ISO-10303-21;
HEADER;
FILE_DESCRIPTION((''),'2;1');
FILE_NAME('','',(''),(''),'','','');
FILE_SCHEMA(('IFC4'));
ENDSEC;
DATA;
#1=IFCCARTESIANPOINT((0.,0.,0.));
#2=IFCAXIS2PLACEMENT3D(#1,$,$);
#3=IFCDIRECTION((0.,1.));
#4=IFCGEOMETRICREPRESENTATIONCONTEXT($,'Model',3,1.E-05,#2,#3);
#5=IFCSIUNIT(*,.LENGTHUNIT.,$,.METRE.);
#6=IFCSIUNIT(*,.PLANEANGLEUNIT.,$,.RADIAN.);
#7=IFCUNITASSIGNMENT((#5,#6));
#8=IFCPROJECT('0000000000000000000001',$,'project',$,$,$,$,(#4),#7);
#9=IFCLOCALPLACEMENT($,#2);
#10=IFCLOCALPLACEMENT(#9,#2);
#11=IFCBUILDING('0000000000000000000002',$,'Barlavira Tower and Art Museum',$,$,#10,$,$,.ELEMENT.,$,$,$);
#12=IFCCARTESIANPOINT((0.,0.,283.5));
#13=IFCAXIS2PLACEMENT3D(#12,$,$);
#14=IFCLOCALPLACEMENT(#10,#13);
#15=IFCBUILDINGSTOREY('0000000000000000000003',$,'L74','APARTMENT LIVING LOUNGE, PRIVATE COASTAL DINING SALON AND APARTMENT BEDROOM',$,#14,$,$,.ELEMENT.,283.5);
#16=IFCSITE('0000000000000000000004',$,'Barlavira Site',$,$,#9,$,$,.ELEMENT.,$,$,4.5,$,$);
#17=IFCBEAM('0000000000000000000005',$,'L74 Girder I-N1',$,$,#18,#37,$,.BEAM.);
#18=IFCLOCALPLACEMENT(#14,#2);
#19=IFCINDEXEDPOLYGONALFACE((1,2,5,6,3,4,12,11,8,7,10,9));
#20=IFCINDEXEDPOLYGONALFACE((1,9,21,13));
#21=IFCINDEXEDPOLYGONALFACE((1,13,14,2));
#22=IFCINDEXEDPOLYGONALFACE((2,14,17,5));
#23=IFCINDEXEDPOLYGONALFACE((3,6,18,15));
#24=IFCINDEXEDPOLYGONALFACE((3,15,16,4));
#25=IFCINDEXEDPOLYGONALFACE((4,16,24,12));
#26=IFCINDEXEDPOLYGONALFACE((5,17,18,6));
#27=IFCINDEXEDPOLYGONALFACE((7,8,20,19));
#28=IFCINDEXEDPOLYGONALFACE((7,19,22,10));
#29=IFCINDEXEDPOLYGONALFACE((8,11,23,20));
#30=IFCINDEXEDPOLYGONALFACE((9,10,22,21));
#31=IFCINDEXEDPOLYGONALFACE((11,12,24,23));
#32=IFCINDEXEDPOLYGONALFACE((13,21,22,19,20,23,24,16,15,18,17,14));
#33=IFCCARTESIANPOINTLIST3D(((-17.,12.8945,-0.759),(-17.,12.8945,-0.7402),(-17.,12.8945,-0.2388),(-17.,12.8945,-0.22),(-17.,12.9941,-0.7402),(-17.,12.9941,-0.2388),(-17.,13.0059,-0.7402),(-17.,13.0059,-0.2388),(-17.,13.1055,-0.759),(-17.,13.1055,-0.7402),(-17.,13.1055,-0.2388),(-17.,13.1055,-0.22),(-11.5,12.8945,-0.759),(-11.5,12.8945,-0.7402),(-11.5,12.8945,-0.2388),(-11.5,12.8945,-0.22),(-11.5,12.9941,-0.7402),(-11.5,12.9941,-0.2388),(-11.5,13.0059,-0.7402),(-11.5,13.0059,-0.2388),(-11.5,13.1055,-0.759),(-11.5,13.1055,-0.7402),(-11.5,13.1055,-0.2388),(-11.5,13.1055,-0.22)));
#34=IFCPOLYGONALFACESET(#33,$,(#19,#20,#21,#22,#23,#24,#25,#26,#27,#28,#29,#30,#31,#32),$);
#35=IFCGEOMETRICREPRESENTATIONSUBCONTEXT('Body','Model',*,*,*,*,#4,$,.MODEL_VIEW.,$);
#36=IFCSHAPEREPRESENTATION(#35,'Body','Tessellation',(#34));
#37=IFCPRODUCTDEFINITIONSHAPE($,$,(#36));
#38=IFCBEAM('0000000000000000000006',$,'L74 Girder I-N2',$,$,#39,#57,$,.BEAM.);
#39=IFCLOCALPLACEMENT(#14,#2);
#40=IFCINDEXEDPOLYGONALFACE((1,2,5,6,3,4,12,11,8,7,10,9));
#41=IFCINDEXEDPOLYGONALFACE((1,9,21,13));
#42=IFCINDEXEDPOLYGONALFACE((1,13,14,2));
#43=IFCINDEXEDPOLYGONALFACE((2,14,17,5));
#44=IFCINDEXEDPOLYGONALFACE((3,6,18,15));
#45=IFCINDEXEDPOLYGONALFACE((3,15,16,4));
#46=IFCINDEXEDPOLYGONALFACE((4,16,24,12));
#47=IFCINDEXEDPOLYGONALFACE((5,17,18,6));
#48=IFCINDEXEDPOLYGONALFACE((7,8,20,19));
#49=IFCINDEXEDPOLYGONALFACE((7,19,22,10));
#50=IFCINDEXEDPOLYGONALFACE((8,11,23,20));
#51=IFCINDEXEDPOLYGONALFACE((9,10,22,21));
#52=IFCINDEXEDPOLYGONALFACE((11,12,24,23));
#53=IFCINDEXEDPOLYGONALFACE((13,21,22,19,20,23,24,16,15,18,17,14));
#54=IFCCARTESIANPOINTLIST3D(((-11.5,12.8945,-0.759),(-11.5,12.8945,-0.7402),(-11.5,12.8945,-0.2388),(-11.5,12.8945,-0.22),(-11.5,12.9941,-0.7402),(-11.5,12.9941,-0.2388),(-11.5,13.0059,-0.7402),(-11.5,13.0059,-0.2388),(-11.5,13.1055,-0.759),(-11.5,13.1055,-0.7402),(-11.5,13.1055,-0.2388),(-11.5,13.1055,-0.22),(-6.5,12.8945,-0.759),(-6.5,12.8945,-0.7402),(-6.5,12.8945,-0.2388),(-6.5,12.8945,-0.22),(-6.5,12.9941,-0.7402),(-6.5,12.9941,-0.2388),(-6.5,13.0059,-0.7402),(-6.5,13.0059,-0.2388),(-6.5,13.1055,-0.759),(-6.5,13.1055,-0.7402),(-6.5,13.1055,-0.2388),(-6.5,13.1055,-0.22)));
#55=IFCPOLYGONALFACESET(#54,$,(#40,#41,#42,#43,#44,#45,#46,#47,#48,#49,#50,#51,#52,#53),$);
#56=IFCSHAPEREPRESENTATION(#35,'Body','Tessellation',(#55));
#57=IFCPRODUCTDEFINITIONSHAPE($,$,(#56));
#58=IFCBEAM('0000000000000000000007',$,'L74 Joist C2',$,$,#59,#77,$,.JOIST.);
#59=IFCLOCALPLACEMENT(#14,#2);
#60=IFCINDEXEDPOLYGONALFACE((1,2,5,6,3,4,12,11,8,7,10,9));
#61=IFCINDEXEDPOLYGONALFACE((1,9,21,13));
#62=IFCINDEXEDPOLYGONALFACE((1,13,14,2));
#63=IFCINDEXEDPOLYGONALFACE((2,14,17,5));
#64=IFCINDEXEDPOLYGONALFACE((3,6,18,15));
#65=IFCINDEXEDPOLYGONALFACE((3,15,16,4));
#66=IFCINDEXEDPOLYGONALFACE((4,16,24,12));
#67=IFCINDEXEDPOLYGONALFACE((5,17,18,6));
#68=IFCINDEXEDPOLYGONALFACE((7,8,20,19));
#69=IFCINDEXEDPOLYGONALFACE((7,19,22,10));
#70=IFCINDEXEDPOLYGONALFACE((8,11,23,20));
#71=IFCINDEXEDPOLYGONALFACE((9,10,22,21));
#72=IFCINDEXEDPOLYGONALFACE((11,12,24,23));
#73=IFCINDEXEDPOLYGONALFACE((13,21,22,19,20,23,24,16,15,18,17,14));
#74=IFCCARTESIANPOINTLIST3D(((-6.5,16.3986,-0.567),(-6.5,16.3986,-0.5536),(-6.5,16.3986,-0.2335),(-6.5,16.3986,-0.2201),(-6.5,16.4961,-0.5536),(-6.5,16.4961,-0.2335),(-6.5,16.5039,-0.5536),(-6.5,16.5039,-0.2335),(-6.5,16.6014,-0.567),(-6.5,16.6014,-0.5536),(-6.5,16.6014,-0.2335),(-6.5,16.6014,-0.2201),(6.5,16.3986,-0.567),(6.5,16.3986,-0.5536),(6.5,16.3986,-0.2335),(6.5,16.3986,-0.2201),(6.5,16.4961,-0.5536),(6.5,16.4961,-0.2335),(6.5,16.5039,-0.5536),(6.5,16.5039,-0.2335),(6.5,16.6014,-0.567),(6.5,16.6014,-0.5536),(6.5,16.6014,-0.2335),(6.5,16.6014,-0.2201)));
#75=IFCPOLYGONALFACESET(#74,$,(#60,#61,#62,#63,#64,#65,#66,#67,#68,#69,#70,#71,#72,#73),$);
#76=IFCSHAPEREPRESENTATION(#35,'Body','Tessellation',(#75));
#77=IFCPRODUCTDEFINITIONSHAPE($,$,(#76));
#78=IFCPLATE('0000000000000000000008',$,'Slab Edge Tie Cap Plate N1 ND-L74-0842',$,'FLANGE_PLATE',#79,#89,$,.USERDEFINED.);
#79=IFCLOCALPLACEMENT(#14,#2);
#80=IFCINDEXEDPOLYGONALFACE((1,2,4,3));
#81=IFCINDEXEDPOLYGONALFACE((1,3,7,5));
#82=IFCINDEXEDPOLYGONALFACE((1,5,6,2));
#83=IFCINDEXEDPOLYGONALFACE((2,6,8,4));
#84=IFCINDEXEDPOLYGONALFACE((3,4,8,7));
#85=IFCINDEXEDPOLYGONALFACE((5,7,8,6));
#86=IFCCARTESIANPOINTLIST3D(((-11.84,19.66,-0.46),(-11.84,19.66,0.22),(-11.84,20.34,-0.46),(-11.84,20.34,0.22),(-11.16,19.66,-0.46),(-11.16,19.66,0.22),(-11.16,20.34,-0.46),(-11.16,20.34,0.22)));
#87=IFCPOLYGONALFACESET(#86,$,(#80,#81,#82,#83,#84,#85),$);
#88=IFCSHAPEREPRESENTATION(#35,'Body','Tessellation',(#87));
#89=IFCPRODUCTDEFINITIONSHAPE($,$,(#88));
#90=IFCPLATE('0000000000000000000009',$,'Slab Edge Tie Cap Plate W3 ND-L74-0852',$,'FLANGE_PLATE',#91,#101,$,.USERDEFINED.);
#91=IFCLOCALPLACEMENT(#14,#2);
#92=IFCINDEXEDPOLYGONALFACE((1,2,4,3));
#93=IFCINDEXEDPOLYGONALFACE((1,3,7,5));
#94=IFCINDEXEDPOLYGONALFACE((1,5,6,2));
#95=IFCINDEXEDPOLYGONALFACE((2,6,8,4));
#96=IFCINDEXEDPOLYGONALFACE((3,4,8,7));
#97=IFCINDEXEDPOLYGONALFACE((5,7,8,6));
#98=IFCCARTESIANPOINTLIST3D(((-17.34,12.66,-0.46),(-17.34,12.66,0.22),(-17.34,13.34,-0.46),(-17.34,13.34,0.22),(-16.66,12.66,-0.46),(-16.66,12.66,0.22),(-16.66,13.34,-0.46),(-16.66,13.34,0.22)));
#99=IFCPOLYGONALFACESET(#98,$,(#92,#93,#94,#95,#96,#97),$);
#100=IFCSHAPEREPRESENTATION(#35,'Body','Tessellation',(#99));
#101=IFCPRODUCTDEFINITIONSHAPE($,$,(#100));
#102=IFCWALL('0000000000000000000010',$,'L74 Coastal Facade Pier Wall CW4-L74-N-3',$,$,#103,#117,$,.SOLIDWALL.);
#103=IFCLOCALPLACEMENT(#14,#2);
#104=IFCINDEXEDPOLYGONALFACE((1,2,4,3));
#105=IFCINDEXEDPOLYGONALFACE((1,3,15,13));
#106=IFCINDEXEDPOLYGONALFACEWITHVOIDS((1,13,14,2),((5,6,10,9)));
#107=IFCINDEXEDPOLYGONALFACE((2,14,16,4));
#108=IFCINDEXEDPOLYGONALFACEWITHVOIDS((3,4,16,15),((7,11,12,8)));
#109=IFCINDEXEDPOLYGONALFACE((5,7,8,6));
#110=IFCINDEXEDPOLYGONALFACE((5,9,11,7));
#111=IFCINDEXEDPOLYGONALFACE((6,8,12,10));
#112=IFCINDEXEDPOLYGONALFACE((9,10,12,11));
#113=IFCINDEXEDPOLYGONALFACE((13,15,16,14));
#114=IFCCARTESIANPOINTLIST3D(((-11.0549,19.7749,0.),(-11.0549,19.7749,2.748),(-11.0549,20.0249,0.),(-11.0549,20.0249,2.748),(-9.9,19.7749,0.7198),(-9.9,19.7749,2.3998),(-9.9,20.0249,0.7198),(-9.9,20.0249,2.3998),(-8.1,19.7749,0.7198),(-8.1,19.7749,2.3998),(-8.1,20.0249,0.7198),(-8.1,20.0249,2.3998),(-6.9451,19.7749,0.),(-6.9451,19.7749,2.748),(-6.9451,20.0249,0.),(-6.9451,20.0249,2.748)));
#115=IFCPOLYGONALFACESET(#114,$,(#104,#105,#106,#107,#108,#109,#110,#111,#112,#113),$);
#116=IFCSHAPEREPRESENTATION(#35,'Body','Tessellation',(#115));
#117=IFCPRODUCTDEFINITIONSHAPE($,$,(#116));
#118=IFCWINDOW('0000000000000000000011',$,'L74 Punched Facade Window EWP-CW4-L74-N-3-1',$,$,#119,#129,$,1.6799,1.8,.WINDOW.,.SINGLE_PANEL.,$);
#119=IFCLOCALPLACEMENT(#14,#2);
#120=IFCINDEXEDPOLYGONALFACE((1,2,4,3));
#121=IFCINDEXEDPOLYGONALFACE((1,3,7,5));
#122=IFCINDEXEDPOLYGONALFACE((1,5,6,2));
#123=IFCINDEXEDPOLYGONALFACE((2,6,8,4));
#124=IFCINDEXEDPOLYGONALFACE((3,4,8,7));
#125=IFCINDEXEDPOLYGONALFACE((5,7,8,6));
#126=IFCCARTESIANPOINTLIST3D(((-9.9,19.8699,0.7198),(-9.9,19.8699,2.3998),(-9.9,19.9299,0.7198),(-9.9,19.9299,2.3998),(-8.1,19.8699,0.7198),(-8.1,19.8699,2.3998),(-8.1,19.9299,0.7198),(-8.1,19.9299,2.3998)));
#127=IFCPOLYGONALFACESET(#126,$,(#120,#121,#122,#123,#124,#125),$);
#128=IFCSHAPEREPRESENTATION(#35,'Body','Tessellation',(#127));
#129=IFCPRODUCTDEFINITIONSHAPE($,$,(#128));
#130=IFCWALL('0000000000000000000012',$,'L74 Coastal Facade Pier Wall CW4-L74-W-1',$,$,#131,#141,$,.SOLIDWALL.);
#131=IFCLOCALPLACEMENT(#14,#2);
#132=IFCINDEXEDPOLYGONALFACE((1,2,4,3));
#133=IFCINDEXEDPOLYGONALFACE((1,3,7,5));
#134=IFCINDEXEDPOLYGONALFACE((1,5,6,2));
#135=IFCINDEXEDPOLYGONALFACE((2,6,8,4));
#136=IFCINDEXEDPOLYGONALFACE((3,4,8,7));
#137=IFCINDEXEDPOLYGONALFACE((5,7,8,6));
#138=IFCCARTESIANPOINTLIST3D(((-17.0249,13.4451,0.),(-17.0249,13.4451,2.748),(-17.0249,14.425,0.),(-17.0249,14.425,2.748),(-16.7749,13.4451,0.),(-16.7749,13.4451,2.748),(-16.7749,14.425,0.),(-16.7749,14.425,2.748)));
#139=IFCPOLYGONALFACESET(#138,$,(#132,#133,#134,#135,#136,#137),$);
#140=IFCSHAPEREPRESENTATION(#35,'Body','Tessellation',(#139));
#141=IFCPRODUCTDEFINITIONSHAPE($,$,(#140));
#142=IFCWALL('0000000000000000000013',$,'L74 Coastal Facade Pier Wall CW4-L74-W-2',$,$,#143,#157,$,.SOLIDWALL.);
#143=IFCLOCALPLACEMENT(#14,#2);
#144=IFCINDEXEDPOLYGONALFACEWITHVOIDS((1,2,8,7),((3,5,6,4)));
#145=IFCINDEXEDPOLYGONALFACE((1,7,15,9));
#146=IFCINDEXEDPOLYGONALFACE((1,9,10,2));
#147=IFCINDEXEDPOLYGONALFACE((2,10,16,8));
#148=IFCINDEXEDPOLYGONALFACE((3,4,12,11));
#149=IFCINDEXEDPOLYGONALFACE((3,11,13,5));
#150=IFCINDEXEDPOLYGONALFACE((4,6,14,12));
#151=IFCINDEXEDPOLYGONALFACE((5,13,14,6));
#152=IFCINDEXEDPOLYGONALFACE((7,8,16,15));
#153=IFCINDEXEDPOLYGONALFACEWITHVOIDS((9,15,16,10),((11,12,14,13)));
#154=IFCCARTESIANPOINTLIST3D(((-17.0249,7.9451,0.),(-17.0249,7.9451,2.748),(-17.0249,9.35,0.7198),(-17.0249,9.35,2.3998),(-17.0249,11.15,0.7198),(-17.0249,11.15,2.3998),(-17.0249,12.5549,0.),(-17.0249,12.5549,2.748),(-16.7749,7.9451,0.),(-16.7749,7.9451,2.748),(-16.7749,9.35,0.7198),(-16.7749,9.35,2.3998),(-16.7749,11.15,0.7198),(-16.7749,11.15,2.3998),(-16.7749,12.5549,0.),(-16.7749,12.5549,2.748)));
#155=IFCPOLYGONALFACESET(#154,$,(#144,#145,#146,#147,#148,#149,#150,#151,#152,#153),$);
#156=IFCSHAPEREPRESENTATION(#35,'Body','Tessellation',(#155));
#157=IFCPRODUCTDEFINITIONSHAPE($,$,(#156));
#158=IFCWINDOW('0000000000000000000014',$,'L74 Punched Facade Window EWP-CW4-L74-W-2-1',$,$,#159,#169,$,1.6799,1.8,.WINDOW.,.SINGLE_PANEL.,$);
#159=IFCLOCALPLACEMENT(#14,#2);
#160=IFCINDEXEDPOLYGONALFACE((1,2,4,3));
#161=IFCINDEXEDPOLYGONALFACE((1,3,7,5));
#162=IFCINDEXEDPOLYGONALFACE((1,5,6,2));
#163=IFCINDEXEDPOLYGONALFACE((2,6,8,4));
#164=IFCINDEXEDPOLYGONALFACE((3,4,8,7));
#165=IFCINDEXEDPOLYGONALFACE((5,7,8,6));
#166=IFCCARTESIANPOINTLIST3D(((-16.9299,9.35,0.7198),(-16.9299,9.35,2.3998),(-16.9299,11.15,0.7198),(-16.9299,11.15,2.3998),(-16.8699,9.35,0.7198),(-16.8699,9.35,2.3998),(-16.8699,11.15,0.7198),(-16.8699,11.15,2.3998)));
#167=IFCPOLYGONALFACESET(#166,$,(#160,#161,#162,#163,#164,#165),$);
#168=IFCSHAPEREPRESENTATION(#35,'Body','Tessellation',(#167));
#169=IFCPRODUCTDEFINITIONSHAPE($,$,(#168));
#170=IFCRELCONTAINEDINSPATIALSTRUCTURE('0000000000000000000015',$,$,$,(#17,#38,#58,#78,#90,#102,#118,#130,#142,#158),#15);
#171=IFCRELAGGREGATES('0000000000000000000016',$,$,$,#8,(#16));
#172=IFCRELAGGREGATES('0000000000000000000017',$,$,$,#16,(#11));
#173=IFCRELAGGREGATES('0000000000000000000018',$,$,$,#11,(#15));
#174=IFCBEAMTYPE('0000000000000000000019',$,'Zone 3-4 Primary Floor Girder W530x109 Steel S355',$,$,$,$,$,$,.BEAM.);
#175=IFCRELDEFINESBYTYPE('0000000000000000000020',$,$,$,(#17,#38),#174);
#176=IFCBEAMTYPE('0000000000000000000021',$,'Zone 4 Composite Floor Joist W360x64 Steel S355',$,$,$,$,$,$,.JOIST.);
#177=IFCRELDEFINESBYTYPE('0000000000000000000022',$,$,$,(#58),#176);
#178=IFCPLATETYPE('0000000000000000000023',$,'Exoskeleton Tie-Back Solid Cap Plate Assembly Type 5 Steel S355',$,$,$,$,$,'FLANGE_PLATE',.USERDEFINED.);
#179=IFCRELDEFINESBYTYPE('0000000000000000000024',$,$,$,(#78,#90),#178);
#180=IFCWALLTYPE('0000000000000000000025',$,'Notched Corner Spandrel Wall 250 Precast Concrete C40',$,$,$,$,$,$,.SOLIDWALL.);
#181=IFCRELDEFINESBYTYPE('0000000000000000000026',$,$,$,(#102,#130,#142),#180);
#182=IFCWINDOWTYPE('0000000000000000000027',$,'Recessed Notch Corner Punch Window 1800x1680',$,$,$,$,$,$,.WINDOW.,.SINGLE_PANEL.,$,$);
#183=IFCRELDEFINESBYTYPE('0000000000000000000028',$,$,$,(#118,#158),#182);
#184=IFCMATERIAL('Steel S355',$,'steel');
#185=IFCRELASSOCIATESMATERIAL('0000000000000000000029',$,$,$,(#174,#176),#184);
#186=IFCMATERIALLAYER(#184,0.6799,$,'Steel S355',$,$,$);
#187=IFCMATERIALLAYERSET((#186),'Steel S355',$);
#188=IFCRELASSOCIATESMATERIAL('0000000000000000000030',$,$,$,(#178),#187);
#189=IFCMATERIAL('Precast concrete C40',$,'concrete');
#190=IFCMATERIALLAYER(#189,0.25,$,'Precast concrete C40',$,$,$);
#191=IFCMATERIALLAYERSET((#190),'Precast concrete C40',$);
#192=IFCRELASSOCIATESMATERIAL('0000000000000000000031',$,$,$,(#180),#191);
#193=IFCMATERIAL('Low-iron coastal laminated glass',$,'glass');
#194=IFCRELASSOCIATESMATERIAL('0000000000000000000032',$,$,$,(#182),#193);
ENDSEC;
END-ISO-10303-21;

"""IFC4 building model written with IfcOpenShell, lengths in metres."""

from ifc_helpers import new_model, si_unit, direction, frame, frame_2d, origin, origin_2d, place, context, subcontext, project, spatial, rectangle, i_section, extrude, material, layer, layer_set, material_profile, profile_set, type_object, element, fill, save


model = new_model("IFC4")

# Units and contexts
model_context = context("Model", 3, precision=1e-05, world=origin(), true_north=direction((0.0, 1.0)))
body_context = subcontext(model_context, "Body", "Model", "MODEL_VIEW")
ifc_project = project(units=[si_unit("LENGTHUNIT", "METRE"), si_unit("PLANEANGLEUNIT", "RADIAN")], contexts=[model_context])

# Site, building, storey
site_placement = place(None, origin())
site = spatial("IfcSite", under=ifc_project, at=site_placement, Name="Barlavira Site", CompositionType="ELEMENT", RefElevation=4.5)
building_placement = place(site_placement, origin())
building = spatial("IfcBuilding", under=site, at=building_placement, Name="Barlavira Tower and Art Museum", CompositionType="ELEMENT")
storey_placement = place(building_placement, frame((0.0, 0.0, 283.5)))
storey = spatial("IfcBuildingStorey", under=building, at=storey_placement, Name="L74", Description="APARTMENT LIVING LOUNGE, PRIVATE COASTAL DINING SALON AND APARTMENT BEDROOM", CompositionType="ELEMENT", Elevation=283.5)

# Shared definitions
ifc_material_1 = material(Name="Steel S355", Category="steel")

# Beams
ifc_material_profile_1 = material_profile(ifc_material_1, i_section(OverallWidth=0.2109, OverallDepth=0.5391, WebThickness=0.0117, FlangeThickness=0.0188, at=origin_2d()), Name="W530x109.0")
ifc_profile_set_1 = profile_set([ifc_material_profile_1], Name="Steel S355")
beam_type_1 = type_object("IfcBeamType", Name="Zone 3-4 Primary Floor Girder W530x109 Steel S355", PredefinedType="BEAM", material=ifc_profile_set_1)
beam_1_placement = place(storey_placement, frame((-17.0, 13.0, -0.4895), z_axis=(1.0, 0.0, 0.0), x_axis=(0.0, 1.0, 0.0)))
element("IfcBeam", 1, at=beam_1_placement, inside=storey, type_object=beam_type_1, Name="L74 Girder I-N1", PredefinedType="BEAM", context=body_context, shape_type="SweptSolid", body=[
    extrude(i_section(OverallWidth=0.2109, OverallDepth=0.5391, WebThickness=0.0117, FlangeThickness=0.0188, at=origin_2d()), origin(), (0.0, 0.0, 1.0), 5.5),
])
beam_2_placement = place(storey_placement, frame((-11.5, 13.0, -0.4895), z_axis=(1.0, 0.0, 0.0), x_axis=(0.0, 1.0, 0.0)))
element("IfcBeam", 2, at=beam_2_placement, inside=storey, type_object=beam_type_1, Name="L74 Girder I-N2", PredefinedType="BEAM", context=body_context, shape_type="SweptSolid", body=[
    extrude(i_section(OverallWidth=0.2109, OverallDepth=0.5391, WebThickness=0.0117, FlangeThickness=0.0188, at=origin_2d()), origin(), (0.0, 0.0, 1.0), 5.0),
])
ifc_material_profile_2 = material_profile(ifc_material_1, i_section(OverallWidth=0.2029, OverallDepth=0.3469, WebThickness=0.0078, FlangeThickness=0.0134, at=origin_2d()), Name="W360x64.0")
ifc_profile_set_2 = profile_set([ifc_material_profile_2], Name="Steel S355")
beam_type_2 = type_object("IfcBeamType", Name="Zone 4 Composite Floor Joist W360x64 Steel S355", PredefinedType="JOIST", material=ifc_profile_set_2)
beam_3_placement = place(storey_placement, frame((-6.5, 16.5, -0.3936), z_axis=(1.0, 0.0, 0.0), x_axis=(0.0, 1.0, 0.0)))
element("IfcBeam", 3, at=beam_3_placement, inside=storey, type_object=beam_type_2, Name="L74 Joist C2", PredefinedType="JOIST", context=body_context, shape_type="SweptSolid", body=[
    extrude(i_section(OverallWidth=0.2029, OverallDepth=0.3469, WebThickness=0.0078, FlangeThickness=0.0134, at=origin_2d()), origin(), (0.0, 0.0, 1.0), 13.0),
])

# Plates
ifc_layer_1 = layer(ifc_material_1, 0.6799, Name="Steel S355")
ifc_layer_set_1 = layer_set([ifc_layer_1], Name="Steel S355")
plate_type = type_object("IfcPlateType", Name="Exoskeleton Tie-Back Solid Cap Plate Assembly Type 5 Steel S355", ElementType="FLANGE_PLATE", PredefinedType="USERDEFINED", material=ifc_layer_set_1)
for number, where, z_axis, x_axis, name in (
    (4, (-11.5, 20.0, -0.46), (0.0, 0.0, 1.0), (1.0, 0.0, 0.0), "Slab Edge Tie Cap Plate N1 ND-L74-0842"),
    (5, (-17.0, 13.0, -0.46), (0.0, 0.0, 1.0), (1.0, 0.0, 0.0), "Slab Edge Tie Cap Plate W3 ND-L74-0852"),
):
    element("IfcPlate", number, at=place(storey_placement, frame(where, z_axis=z_axis, x_axis=x_axis)), inside=storey, type_object=plate_type, Name=name, ObjectType="FLANGE_PLATE", PredefinedType="USERDEFINED", context=body_context, shape_type="SweptSolid", body=[
        extrude(rectangle(XDim=0.6799, YDim=0.6799, at=origin_2d()), origin(), (0.0, 0.0, 1.0), 0.6799),
    ])

# Wall, opening, window
ifc_material_2 = material(Name="Precast concrete C40", Category="concrete")
ifc_layer_2 = layer(ifc_material_2, 0.25, Name="Precast concrete C40")
ifc_layer_set_2 = layer_set([ifc_layer_2], Name="Precast concrete C40")
wall_type = type_object("IfcWallType", Name="Notched Corner Spandrel Wall 250 Precast Concrete C40", PredefinedType="SOLIDWALL", material=ifc_layer_set_2)
wall_1_placement = place(storey_placement, frame((-6.9451, 19.8999, 0.0), z_axis=(0.0, 0.0, 1.0), x_axis=(-1.0, 0.0, 0.0)))
wall_1 = element("IfcWall", 6, at=wall_1_placement, inside=storey, type_object=wall_type, Name="L74 Coastal Facade Pier Wall CW4-L74-N-3", PredefinedType="SOLIDWALL", context=body_context, shape_type="SweptSolid", body=[
    extrude(rectangle(XDim=4.1099, YDim=0.25, at=frame_2d((2.0549, 0.0))), origin(), (0.0, 0.0, 1.0), 2.748),
])
opening_1_placement = place(wall_1_placement, frame((1.155, 0.0, 0.72)))
opening_1 = element("IfcOpeningElement", 7, at=opening_1_placement, cuts=wall_1, PredefinedType="OPENING", context=body_context, shape_type="SweptSolid", body=[
    extrude(rectangle(XDim=1.8, YDim=1.6799, at=frame_2d((0.8999, 0.8398))), frame((0.0, 0.135, 0.0), z_axis=(0.0, -1.0, 0.0), x_axis=(1.0, 0.0, 0.0)), (0.0, 0.0, 1.0), 0.27),
])
ifc_material_3 = material(Name="Low-iron coastal laminated glass", Category="glass")
window_type = type_object("IfcWindowType", Name="Recessed Notch Corner Punch Window 1800x1680", PartitioningType="SINGLE_PANEL", PredefinedType="WINDOW", material=ifc_material_3)
window_1_placement = place(opening_1_placement, origin())
window_1 = element("IfcWindow", 8, at=window_1_placement, inside=storey, type_object=window_type, Name="L74 Punched Facade Window EWP-CW4-L74-N-3-1", OverallHeight=1.6799, OverallWidth=1.8, PartitioningType="SINGLE_PANEL", PredefinedType="WINDOW", context=body_context, shape_type="SweptSolid", body=[
    extrude(rectangle(XDim=1.8, YDim=1.6799, at=frame_2d((0.8999, 0.8398))), frame((0.0, 0.03, 0.0), z_axis=(0.0, -1.0, 0.0), x_axis=(1.0, 0.0, 0.0)), (0.0, 0.0, 1.0), 0.0601),
])
fill(opening_1, window_1)

# Wall
wall_2_placement = place(storey_placement, frame((-16.8999, 14.425, 0.0), z_axis=(0.0, 0.0, 1.0), x_axis=(0.0, -1.0, 0.0)))
element("IfcWall", 9, at=wall_2_placement, inside=storey, type_object=wall_type, Name="L74 Coastal Facade Pier Wall CW4-L74-W-1", PredefinedType="SOLIDWALL", context=body_context, shape_type="SweptSolid", body=[
    extrude(rectangle(XDim=0.98, YDim=0.25, at=frame_2d((0.49, 0.0))), origin(), (0.0, 0.0, 1.0), 2.748),
])

# Wall, opening, window
wall_3_placement = place(storey_placement, frame((-16.8999, 12.5549, 0.0), z_axis=(0.0, 0.0, 1.0), x_axis=(0.0, -1.0, 0.0)))
wall_3 = element("IfcWall", 10, at=wall_3_placement, inside=storey, type_object=wall_type, Name="L74 Coastal Facade Pier Wall CW4-L74-W-2", PredefinedType="SOLIDWALL", context=body_context, shape_type="SweptSolid", body=[
    extrude(rectangle(XDim=4.6099, YDim=0.25, at=frame_2d((2.3049, 0.0))), origin(), (0.0, 0.0, 1.0), 2.748),
])
opening_2_placement = place(wall_3_placement, frame((1.405, 0.0, 0.72)))
opening_2 = element("IfcOpeningElement", 11, at=opening_2_placement, cuts=wall_3, PredefinedType="OPENING", context=body_context, shape_type="SweptSolid", body=[
    extrude(rectangle(XDim=1.8, YDim=1.6799, at=frame_2d((0.8999, 0.8398))), frame((0.0, 0.135, 0.0), z_axis=(0.0, -1.0, 0.0), x_axis=(1.0, 0.0, 0.0)), (0.0, 0.0, 1.0), 0.27),
])
window_2_placement = place(opening_2_placement, origin())
window_2 = element("IfcWindow", 12, at=window_2_placement, inside=storey, type_object=window_type, Name="L74 Punched Facade Window EWP-CW4-L74-W-2-1", OverallHeight=1.6799, OverallWidth=1.8, PartitioningType="SINGLE_PANEL", PredefinedType="WINDOW", context=body_context, shape_type="SweptSolid", body=[
    extrude(rectangle(XDim=1.8, YDim=1.6799, at=frame_2d((0.8999, 0.8398))), frame((0.0, 0.03, 0.0), z_axis=(0.0, -1.0, 0.0), x_axis=(1.0, 0.0, 0.0)), (0.0, 0.0, 1.0), 0.0601),
])
fill(opening_2, window_2)

save(model, "model.ifc")
